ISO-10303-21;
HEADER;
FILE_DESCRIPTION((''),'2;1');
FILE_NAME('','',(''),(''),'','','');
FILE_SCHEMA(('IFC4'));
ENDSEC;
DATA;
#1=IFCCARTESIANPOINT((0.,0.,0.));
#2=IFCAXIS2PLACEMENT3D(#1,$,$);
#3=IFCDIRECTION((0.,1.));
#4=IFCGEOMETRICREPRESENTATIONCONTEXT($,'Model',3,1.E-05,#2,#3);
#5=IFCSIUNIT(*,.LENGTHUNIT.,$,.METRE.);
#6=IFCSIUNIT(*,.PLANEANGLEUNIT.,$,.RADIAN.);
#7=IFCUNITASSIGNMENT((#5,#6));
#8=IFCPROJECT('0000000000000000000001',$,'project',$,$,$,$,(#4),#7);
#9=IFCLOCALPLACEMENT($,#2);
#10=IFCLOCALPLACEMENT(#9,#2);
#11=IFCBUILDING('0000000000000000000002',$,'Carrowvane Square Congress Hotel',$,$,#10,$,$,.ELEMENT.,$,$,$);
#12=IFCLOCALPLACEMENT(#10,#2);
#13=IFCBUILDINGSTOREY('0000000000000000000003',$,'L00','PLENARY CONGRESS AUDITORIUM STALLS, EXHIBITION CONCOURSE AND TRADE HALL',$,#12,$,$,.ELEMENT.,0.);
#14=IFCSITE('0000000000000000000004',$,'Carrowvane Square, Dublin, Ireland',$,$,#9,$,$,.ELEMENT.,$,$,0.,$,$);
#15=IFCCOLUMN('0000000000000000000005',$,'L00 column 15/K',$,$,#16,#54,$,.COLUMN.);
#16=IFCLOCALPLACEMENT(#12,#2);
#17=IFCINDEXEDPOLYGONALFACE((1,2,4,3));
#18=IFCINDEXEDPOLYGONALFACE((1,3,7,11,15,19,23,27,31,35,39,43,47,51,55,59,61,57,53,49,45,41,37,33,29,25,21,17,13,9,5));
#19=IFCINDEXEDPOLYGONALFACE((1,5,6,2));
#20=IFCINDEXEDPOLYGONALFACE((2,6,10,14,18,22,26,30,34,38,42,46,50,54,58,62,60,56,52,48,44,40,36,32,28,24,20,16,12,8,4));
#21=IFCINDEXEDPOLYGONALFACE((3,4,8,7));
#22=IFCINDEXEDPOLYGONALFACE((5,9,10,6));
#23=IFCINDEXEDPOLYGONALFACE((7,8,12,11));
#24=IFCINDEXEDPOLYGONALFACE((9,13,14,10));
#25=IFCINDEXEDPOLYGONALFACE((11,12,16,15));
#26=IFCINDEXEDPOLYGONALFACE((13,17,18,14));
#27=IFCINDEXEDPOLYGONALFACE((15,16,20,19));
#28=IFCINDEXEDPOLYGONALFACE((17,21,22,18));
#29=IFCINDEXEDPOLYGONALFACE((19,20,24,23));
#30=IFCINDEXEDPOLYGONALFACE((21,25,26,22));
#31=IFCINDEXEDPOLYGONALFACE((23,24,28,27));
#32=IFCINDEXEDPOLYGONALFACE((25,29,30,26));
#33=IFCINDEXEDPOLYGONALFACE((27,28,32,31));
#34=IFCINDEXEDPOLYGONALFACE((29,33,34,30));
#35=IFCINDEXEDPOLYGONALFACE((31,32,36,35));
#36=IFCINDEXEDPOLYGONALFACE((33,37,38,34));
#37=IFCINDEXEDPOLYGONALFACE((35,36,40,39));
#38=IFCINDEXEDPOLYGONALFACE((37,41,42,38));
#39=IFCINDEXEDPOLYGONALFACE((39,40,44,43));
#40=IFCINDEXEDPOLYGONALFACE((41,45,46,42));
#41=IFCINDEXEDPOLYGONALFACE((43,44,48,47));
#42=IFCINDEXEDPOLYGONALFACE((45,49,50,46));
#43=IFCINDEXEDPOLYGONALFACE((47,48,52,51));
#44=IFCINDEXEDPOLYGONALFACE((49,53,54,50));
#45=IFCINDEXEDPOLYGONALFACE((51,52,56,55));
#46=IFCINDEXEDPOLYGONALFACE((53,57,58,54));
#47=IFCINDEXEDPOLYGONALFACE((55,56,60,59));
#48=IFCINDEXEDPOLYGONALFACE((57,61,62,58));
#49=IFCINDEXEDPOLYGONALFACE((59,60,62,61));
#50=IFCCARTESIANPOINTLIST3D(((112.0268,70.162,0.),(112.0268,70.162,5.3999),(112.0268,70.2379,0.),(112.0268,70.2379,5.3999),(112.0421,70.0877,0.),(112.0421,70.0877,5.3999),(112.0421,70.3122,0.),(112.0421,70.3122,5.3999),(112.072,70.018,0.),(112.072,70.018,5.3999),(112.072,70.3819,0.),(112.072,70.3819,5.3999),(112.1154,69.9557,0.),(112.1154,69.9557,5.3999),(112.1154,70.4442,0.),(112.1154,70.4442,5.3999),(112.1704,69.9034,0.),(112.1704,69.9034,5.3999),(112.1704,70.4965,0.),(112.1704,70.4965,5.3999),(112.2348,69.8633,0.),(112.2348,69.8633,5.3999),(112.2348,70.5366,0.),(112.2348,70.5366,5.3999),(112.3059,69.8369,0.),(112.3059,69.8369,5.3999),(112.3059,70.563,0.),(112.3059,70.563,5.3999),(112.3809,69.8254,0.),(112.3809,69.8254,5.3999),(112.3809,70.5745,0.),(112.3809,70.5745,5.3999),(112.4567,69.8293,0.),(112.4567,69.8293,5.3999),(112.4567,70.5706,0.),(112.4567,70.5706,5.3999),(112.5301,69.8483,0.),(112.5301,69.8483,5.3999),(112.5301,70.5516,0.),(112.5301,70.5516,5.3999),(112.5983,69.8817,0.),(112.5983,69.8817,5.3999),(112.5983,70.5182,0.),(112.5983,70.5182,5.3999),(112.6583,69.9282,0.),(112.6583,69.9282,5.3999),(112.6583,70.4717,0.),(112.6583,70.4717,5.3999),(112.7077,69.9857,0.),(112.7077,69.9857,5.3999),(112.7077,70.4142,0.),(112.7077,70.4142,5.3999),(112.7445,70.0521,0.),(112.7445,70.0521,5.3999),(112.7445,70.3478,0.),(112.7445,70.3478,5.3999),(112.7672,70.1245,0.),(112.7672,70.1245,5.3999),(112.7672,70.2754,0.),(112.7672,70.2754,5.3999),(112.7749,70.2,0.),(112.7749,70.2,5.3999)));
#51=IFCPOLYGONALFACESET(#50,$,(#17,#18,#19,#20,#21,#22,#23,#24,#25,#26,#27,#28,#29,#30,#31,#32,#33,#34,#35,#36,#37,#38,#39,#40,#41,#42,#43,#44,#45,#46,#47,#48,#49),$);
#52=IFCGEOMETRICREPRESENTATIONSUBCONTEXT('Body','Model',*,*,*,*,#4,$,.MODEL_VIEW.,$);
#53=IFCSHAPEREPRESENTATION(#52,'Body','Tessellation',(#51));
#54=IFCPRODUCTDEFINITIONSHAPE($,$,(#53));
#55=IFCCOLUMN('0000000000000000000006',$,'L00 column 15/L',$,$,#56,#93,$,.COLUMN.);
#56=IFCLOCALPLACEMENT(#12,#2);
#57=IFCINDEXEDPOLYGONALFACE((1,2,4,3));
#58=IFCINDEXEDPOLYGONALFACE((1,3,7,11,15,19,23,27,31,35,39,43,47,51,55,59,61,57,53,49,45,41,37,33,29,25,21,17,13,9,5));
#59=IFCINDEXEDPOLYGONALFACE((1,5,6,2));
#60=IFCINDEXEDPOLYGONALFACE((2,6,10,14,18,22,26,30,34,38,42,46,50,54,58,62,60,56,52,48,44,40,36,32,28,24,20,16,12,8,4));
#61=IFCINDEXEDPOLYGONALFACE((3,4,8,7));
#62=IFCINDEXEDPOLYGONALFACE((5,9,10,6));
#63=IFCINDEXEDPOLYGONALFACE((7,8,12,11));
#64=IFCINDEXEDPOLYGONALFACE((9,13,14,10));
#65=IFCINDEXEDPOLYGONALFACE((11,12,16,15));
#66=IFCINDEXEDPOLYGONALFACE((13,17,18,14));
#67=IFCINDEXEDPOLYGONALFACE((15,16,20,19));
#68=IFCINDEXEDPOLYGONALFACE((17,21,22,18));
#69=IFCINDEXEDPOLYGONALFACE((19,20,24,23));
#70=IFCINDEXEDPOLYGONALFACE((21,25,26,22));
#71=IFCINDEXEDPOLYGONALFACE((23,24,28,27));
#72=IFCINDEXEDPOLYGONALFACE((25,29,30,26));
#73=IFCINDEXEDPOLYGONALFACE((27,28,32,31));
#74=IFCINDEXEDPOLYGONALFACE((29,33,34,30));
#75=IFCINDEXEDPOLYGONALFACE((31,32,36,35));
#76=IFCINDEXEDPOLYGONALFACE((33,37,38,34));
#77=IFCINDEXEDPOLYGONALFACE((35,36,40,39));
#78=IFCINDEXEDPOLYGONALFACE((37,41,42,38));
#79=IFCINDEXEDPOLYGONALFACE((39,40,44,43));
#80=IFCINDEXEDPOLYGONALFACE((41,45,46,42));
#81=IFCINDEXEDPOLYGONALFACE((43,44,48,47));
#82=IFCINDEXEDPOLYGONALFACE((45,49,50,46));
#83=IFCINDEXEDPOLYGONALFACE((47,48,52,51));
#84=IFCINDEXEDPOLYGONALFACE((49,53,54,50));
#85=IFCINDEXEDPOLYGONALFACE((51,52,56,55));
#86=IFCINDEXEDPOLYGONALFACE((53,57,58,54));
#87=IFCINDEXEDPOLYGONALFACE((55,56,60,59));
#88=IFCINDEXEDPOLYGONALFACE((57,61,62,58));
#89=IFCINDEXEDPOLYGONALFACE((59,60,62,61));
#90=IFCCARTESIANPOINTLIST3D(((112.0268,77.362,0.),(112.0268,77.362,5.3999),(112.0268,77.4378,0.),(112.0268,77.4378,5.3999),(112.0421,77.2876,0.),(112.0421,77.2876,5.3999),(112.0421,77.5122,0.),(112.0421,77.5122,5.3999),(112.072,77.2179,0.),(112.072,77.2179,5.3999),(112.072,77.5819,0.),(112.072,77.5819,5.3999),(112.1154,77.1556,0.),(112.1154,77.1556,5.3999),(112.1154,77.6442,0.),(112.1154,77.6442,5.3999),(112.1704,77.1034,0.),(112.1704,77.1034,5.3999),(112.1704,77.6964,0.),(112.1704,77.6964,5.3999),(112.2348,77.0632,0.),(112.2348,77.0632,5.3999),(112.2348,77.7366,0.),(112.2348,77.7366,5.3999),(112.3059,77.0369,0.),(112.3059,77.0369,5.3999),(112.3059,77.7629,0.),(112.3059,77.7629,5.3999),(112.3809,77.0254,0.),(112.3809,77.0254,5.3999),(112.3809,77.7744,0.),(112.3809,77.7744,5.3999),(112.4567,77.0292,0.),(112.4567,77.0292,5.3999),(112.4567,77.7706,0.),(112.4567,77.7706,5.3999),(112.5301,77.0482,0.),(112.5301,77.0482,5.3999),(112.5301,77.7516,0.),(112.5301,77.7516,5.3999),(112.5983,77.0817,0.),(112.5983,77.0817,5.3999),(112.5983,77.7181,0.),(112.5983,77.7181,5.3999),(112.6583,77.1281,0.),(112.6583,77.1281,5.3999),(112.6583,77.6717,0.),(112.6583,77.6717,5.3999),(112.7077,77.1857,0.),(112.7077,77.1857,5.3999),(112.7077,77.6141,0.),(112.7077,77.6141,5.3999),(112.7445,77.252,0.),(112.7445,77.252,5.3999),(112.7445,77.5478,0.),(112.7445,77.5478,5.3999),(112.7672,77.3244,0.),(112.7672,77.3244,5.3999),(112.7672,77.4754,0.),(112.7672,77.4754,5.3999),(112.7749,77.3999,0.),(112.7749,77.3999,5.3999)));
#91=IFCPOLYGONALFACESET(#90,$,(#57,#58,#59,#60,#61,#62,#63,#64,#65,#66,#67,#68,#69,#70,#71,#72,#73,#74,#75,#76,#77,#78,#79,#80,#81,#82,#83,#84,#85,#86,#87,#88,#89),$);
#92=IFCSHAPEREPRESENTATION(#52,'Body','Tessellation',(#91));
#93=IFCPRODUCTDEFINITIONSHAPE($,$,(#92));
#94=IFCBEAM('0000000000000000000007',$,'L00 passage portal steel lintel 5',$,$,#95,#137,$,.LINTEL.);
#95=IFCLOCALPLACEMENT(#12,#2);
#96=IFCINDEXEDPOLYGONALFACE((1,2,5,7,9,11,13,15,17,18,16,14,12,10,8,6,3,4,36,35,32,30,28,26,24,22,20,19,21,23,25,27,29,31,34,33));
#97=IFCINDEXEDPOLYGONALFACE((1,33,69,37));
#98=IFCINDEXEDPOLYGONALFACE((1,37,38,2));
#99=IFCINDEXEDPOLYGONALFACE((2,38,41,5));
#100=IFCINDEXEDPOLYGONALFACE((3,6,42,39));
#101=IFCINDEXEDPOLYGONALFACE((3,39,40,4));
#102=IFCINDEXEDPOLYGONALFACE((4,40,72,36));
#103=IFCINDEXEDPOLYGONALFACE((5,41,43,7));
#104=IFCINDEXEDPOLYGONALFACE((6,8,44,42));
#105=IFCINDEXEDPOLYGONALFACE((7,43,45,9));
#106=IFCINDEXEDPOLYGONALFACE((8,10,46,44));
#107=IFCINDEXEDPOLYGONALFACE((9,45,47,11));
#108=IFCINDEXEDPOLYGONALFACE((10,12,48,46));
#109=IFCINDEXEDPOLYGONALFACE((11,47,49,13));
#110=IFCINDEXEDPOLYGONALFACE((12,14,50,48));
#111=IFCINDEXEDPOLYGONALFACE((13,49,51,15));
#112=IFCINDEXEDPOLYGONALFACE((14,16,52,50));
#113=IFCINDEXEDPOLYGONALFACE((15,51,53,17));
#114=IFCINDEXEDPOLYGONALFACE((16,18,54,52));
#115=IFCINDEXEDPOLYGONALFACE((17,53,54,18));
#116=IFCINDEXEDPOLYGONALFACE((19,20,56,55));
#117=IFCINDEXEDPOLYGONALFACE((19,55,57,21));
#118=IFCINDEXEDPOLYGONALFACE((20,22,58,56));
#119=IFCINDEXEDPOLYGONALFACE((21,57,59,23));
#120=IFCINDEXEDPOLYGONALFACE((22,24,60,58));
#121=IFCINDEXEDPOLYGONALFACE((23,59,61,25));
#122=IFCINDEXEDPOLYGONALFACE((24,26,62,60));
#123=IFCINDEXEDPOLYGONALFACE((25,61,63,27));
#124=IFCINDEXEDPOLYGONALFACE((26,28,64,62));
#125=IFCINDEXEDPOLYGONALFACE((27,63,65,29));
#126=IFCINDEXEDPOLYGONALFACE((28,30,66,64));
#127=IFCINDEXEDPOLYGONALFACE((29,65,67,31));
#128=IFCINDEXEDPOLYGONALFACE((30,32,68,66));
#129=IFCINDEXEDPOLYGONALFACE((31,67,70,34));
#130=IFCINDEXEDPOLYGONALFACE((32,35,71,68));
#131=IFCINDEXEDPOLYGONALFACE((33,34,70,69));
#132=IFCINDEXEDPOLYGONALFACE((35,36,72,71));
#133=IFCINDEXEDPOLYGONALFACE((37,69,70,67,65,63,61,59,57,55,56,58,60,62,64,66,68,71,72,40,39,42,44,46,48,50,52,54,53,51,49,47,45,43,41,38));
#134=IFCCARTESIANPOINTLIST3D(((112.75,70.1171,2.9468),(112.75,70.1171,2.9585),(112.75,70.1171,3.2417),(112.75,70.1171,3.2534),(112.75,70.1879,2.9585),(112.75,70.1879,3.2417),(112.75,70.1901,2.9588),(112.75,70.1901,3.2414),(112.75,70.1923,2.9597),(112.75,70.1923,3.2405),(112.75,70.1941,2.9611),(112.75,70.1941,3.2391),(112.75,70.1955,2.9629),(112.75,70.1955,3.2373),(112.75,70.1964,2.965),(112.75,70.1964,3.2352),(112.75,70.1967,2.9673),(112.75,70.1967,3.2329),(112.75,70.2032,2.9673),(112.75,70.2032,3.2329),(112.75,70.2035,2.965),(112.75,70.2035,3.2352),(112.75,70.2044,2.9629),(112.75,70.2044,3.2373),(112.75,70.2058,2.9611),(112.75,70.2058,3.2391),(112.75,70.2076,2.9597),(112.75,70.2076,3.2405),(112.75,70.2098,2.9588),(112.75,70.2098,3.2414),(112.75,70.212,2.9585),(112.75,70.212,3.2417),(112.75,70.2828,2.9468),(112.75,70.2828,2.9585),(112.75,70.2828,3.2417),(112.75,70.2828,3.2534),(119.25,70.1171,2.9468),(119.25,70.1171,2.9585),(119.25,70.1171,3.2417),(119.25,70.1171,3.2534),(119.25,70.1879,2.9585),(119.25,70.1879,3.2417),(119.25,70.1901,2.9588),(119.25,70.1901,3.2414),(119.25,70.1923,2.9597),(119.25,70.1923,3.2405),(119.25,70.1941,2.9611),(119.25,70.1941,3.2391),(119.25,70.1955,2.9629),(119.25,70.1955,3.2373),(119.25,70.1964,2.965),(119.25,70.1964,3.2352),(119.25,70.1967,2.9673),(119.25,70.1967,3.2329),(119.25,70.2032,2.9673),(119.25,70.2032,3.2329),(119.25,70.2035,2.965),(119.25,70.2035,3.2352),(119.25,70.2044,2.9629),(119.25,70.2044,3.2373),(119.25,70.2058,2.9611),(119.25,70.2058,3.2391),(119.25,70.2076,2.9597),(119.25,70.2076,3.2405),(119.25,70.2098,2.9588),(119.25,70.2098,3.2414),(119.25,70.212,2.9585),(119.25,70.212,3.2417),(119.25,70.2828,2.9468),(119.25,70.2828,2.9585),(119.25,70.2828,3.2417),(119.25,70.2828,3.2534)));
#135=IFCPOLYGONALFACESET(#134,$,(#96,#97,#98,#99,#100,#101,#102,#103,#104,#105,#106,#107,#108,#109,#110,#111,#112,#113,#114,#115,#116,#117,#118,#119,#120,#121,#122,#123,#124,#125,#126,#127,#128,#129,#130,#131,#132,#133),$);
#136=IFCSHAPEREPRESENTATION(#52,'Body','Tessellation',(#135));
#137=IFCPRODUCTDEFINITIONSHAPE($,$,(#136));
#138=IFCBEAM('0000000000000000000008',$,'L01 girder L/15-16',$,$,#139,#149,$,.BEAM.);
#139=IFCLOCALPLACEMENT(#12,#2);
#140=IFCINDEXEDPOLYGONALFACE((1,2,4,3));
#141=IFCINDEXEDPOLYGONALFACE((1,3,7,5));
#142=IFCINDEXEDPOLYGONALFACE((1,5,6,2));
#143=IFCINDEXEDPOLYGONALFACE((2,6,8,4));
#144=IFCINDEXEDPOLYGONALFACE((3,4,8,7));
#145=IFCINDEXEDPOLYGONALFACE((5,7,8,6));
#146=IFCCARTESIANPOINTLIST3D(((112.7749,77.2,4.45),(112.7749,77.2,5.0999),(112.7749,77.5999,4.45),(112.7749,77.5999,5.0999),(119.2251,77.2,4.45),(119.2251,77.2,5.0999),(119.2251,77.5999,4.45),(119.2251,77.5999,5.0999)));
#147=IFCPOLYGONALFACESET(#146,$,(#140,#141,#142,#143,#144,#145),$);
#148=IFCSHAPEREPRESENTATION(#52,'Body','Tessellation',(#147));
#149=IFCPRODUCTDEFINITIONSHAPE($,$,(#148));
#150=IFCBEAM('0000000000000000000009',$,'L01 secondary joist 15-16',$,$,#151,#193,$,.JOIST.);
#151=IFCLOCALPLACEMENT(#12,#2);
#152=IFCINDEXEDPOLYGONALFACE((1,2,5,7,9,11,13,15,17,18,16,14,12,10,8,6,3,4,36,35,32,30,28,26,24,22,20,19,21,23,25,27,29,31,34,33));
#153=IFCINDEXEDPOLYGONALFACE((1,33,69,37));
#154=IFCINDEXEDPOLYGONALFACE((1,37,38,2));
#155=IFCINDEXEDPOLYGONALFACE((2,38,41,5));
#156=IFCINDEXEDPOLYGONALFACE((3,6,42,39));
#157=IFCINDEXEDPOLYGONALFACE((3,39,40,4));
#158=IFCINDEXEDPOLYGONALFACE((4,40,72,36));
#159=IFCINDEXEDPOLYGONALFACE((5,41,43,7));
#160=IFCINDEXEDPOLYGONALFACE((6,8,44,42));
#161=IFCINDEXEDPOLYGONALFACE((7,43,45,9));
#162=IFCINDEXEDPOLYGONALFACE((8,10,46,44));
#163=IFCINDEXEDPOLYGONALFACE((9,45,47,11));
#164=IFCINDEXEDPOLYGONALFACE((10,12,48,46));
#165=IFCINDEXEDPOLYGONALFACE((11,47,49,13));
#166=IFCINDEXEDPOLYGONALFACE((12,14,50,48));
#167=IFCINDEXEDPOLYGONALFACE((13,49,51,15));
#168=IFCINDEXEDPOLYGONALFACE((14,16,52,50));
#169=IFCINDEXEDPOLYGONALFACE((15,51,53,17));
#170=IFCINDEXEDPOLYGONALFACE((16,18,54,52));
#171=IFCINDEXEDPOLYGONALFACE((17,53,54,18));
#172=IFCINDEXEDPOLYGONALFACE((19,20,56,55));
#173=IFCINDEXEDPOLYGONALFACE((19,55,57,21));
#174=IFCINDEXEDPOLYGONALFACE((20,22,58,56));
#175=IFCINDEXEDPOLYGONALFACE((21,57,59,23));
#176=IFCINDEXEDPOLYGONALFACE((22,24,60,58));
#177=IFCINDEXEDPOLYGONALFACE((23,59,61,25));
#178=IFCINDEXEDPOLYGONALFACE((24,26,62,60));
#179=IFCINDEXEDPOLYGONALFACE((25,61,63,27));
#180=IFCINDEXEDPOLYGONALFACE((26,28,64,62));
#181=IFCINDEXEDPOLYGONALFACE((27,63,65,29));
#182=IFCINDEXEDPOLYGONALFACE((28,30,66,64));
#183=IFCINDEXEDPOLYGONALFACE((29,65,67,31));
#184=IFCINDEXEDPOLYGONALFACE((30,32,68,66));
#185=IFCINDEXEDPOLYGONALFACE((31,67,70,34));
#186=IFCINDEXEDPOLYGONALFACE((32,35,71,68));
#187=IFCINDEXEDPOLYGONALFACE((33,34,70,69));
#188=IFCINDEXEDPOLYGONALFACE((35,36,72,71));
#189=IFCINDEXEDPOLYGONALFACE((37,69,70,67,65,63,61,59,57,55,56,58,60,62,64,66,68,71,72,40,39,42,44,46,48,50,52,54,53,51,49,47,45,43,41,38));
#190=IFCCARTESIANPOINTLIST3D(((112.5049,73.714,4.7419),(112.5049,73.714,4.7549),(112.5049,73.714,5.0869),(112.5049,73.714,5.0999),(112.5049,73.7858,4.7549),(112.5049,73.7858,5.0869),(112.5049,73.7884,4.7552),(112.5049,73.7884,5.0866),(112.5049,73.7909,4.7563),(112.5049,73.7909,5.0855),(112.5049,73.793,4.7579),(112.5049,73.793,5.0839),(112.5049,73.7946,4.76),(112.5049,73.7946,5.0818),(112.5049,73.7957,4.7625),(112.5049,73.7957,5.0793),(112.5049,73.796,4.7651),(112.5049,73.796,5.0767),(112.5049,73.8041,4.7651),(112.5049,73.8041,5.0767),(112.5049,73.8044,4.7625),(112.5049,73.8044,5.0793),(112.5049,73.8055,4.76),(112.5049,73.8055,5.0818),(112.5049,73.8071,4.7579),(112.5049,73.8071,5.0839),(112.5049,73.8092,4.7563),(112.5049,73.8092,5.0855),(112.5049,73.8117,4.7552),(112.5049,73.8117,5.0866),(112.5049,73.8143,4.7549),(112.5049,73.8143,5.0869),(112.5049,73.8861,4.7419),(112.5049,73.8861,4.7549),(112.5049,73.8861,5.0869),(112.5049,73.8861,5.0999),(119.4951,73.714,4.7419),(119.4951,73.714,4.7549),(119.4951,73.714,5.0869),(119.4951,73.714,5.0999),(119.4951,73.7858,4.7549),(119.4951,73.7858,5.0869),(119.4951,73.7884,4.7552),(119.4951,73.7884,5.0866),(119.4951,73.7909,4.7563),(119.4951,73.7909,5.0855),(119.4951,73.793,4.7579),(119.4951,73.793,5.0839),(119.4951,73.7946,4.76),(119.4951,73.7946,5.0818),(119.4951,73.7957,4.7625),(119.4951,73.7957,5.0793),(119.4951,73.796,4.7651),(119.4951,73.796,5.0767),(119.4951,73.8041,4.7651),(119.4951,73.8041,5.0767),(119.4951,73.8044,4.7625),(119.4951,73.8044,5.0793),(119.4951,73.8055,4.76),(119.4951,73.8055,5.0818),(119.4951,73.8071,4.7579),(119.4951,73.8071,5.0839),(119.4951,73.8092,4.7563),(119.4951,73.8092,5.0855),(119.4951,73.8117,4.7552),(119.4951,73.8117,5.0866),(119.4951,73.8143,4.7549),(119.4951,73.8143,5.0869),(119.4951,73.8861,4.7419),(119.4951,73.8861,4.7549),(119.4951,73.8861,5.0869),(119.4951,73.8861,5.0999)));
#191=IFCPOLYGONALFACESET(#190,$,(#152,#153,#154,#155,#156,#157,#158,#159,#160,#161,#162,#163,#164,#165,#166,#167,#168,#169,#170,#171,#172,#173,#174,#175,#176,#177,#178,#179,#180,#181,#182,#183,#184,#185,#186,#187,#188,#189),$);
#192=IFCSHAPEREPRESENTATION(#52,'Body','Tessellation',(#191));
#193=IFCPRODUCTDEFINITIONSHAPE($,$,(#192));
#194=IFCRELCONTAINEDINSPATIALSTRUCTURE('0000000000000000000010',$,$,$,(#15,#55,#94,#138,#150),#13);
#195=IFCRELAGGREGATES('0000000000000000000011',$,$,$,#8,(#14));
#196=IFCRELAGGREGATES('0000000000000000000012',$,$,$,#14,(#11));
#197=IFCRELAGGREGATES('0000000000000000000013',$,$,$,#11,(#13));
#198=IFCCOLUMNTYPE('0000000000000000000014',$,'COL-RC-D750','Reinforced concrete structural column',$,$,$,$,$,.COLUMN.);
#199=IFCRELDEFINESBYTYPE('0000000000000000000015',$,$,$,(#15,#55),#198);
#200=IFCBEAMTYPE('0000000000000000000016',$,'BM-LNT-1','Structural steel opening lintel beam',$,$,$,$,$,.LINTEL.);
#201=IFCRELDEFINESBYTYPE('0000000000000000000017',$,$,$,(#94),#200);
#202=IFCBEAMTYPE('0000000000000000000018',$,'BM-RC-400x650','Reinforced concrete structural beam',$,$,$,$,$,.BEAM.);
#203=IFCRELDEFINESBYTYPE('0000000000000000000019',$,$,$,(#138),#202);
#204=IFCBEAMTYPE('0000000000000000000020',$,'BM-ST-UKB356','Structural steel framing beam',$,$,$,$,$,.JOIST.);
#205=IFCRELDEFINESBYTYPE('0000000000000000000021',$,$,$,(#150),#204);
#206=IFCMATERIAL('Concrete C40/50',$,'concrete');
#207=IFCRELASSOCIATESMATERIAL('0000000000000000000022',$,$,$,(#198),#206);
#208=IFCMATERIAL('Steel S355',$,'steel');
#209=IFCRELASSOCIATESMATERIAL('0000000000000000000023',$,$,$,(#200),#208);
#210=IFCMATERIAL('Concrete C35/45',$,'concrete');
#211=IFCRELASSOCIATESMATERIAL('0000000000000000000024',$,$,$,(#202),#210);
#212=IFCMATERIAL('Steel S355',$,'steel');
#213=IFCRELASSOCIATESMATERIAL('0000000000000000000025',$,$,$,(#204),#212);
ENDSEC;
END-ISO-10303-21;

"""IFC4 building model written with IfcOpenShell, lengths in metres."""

from ifc_helpers import new_model, si_unit, direction, frame, origin, origin_2d, place, context, subcontext, project, spatial, rectangle, circle, i_section, extrude, material, material_profile, profile_set, type_object, element, save


model = new_model("IFC4")

# Units and contexts
model_context = context("Model", 3, precision=1e-05, world=origin(), true_north=direction((0.0, 1.0)))
body_context = subcontext(model_context, "Body", "Model", "MODEL_VIEW")
ifc_project = project(units=[si_unit("LENGTHUNIT", "METRE"), si_unit("PLANEANGLEUNIT", "RADIAN")], contexts=[model_context])

# Site, building, storey
site_placement = place(None, origin())
site = spatial("IfcSite", under=ifc_project, at=site_placement, Name="Carrowvane Square, Dublin, Ireland", CompositionType="ELEMENT", RefElevation=0.0)
building_placement = place(site_placement, origin())
building = spatial("IfcBuilding", under=site, at=building_placement, Name="Carrowvane Square Congress Hotel", CompositionType="ELEMENT")
storey_placement = place(building_placement, origin())
storey = spatial("IfcBuildingStorey", under=building, at=storey_placement, Name="L00", Description="PLENARY CONGRESS AUDITORIUM STALLS, EXHIBITION CONCOURSE AND TRADE HALL", CompositionType="ELEMENT", Elevation=0.0)

# Columns
ifc_material_1 = material(Name="Concrete C40/50", Category="concrete")
ifc_material_profile_1 = material_profile(ifc_material_1, circle(Radius=0.375, at=origin_2d()), Name="RC D750")
ifc_profile_set_1 = profile_set([ifc_material_profile_1], Name="Concrete C40/50")
column_type = type_object("IfcColumnType", Name="COL-RC-D750", Description="Reinforced concrete structural column", PredefinedType="COLUMN", material=ifc_profile_set_1)
for number, where, z_axis, x_axis, name in (
    (1, (112.3999, 70.2, 0.0), (0.0, 0.0, 1.0), (1.0, 0.0, 0.0), "L00 column 15/K"),
    (2, (112.3999, 77.3999, 0.0), (0.0, 0.0, 1.0), (1.0, 0.0, 0.0), "L00 column 15/L"),
):
    element("IfcColumn", number, at=place(storey_placement, frame(where, z_axis=z_axis, x_axis=x_axis)), inside=storey, type_object=column_type, Name=name, PredefinedType="COLUMN", context=body_context, shape_type="SweptSolid", body=[
        extrude(circle(Radius=0.375, at=origin_2d()), origin(), (0.0, 0.0, 1.0), 5.3999),
    ])

# Beams
ifc_material_2 = material(Name="Steel S355", Category="steel")
ifc_material_profile_2 = material_profile(ifc_material_2, i_section(OverallWidth=0.1658, OverallDepth=0.3066, WebThickness=0.0066, FlangeThickness=0.0117, FilletRadius=0.0088, at=origin_2d()), Name="UKB 305x165x46")
ifc_profile_set_2 = profile_set([ifc_material_profile_2], Name="Steel S355")
beam_type_1 = type_object("IfcBeamType", Name="BM-LNT-1", Description="Structural steel opening lintel beam", PredefinedType="LINTEL", material=ifc_profile_set_2)
beam_1_placement = place(storey_placement, frame((112.75, 70.2, 3.1001), z_axis=(1.0, 0.0, 0.0), x_axis=(0.0, 1.0, 0.0)))
element("IfcBeam", 3, at=beam_1_placement, inside=storey, type_object=beam_type_1, Name="L00 passage portal steel lintel 5", PredefinedType="LINTEL", context=body_context, shape_type="SweptSolid", body=[
    extrude(i_section(OverallWidth=0.1658, OverallDepth=0.3066, WebThickness=0.0066, FlangeThickness=0.0117, FilletRadius=0.0088, at=origin_2d()), origin(), (0.0, 0.0, 1.0), 6.5),
])
ifc_material_3 = material(Name="Concrete C35/45", Category="concrete")
ifc_material_profile_3 = material_profile(ifc_material_3, rectangle(XDim=0.3999, YDim=0.6499, at=origin_2d()), Name="RC 400x650")
ifc_profile_set_3 = profile_set([ifc_material_profile_3], Name="Concrete C35/45")
beam_type_2 = type_object("IfcBeamType", Name="BM-RC-400x650", Description="Reinforced concrete structural beam", PredefinedType="BEAM", material=ifc_profile_set_3)
beam_2_placement = place(storey_placement, frame((112.7749, 77.3999, 4.7749), z_axis=(1.0, 0.0, 0.0), x_axis=(0.0, 1.0, 0.0)))
element("IfcBeam", 4, at=beam_2_placement, inside=storey, type_object=beam_type_2, Name="L01 girder L/15-16", PredefinedType="BEAM", context=body_context, shape_type="SweptSolid", body=[
    extrude(rectangle(XDim=0.3999, YDim=0.6499, at=origin_2d()), origin(), (0.0, 0.0, 1.0), 6.4502),
])
ifc_material_4 = material(Name="Steel S355", Category="steel")
ifc_material_profile_4 = material_profile(ifc_material_4, i_section(OverallWidth=0.1721, OverallDepth=0.3579, WebThickness=0.0081, FlangeThickness=0.0129, FilletRadius=0.0103, at=origin_2d()), Name="UKB 356x171x57")
ifc_profile_set_4 = profile_set([ifc_material_profile_4], Name="Steel S355")
beam_type_3 = type_object("IfcBeamType", Name="BM-ST-UKB356", Description="Structural steel framing beam", PredefinedType="JOIST", material=ifc_profile_set_4)
beam_3_placement = place(storey_placement, frame((112.5049, 73.8, 4.9209), z_axis=(1.0, 0.0, 0.0), x_axis=(0.0, 1.0, 0.0)))
element("IfcBeam", 5, at=beam_3_placement, inside=storey, type_object=beam_type_3, Name="L01 secondary joist 15-16", PredefinedType="JOIST", context=body_context, shape_type="SweptSolid", body=[
    extrude(i_section(OverallWidth=0.1721, OverallDepth=0.3579, WebThickness=0.0081, FlangeThickness=0.0129, FilletRadius=0.0103, at=origin_2d()), origin(), (0.0, 0.0, 1.0), 6.9902),
])

save(model, "model.ifc")
